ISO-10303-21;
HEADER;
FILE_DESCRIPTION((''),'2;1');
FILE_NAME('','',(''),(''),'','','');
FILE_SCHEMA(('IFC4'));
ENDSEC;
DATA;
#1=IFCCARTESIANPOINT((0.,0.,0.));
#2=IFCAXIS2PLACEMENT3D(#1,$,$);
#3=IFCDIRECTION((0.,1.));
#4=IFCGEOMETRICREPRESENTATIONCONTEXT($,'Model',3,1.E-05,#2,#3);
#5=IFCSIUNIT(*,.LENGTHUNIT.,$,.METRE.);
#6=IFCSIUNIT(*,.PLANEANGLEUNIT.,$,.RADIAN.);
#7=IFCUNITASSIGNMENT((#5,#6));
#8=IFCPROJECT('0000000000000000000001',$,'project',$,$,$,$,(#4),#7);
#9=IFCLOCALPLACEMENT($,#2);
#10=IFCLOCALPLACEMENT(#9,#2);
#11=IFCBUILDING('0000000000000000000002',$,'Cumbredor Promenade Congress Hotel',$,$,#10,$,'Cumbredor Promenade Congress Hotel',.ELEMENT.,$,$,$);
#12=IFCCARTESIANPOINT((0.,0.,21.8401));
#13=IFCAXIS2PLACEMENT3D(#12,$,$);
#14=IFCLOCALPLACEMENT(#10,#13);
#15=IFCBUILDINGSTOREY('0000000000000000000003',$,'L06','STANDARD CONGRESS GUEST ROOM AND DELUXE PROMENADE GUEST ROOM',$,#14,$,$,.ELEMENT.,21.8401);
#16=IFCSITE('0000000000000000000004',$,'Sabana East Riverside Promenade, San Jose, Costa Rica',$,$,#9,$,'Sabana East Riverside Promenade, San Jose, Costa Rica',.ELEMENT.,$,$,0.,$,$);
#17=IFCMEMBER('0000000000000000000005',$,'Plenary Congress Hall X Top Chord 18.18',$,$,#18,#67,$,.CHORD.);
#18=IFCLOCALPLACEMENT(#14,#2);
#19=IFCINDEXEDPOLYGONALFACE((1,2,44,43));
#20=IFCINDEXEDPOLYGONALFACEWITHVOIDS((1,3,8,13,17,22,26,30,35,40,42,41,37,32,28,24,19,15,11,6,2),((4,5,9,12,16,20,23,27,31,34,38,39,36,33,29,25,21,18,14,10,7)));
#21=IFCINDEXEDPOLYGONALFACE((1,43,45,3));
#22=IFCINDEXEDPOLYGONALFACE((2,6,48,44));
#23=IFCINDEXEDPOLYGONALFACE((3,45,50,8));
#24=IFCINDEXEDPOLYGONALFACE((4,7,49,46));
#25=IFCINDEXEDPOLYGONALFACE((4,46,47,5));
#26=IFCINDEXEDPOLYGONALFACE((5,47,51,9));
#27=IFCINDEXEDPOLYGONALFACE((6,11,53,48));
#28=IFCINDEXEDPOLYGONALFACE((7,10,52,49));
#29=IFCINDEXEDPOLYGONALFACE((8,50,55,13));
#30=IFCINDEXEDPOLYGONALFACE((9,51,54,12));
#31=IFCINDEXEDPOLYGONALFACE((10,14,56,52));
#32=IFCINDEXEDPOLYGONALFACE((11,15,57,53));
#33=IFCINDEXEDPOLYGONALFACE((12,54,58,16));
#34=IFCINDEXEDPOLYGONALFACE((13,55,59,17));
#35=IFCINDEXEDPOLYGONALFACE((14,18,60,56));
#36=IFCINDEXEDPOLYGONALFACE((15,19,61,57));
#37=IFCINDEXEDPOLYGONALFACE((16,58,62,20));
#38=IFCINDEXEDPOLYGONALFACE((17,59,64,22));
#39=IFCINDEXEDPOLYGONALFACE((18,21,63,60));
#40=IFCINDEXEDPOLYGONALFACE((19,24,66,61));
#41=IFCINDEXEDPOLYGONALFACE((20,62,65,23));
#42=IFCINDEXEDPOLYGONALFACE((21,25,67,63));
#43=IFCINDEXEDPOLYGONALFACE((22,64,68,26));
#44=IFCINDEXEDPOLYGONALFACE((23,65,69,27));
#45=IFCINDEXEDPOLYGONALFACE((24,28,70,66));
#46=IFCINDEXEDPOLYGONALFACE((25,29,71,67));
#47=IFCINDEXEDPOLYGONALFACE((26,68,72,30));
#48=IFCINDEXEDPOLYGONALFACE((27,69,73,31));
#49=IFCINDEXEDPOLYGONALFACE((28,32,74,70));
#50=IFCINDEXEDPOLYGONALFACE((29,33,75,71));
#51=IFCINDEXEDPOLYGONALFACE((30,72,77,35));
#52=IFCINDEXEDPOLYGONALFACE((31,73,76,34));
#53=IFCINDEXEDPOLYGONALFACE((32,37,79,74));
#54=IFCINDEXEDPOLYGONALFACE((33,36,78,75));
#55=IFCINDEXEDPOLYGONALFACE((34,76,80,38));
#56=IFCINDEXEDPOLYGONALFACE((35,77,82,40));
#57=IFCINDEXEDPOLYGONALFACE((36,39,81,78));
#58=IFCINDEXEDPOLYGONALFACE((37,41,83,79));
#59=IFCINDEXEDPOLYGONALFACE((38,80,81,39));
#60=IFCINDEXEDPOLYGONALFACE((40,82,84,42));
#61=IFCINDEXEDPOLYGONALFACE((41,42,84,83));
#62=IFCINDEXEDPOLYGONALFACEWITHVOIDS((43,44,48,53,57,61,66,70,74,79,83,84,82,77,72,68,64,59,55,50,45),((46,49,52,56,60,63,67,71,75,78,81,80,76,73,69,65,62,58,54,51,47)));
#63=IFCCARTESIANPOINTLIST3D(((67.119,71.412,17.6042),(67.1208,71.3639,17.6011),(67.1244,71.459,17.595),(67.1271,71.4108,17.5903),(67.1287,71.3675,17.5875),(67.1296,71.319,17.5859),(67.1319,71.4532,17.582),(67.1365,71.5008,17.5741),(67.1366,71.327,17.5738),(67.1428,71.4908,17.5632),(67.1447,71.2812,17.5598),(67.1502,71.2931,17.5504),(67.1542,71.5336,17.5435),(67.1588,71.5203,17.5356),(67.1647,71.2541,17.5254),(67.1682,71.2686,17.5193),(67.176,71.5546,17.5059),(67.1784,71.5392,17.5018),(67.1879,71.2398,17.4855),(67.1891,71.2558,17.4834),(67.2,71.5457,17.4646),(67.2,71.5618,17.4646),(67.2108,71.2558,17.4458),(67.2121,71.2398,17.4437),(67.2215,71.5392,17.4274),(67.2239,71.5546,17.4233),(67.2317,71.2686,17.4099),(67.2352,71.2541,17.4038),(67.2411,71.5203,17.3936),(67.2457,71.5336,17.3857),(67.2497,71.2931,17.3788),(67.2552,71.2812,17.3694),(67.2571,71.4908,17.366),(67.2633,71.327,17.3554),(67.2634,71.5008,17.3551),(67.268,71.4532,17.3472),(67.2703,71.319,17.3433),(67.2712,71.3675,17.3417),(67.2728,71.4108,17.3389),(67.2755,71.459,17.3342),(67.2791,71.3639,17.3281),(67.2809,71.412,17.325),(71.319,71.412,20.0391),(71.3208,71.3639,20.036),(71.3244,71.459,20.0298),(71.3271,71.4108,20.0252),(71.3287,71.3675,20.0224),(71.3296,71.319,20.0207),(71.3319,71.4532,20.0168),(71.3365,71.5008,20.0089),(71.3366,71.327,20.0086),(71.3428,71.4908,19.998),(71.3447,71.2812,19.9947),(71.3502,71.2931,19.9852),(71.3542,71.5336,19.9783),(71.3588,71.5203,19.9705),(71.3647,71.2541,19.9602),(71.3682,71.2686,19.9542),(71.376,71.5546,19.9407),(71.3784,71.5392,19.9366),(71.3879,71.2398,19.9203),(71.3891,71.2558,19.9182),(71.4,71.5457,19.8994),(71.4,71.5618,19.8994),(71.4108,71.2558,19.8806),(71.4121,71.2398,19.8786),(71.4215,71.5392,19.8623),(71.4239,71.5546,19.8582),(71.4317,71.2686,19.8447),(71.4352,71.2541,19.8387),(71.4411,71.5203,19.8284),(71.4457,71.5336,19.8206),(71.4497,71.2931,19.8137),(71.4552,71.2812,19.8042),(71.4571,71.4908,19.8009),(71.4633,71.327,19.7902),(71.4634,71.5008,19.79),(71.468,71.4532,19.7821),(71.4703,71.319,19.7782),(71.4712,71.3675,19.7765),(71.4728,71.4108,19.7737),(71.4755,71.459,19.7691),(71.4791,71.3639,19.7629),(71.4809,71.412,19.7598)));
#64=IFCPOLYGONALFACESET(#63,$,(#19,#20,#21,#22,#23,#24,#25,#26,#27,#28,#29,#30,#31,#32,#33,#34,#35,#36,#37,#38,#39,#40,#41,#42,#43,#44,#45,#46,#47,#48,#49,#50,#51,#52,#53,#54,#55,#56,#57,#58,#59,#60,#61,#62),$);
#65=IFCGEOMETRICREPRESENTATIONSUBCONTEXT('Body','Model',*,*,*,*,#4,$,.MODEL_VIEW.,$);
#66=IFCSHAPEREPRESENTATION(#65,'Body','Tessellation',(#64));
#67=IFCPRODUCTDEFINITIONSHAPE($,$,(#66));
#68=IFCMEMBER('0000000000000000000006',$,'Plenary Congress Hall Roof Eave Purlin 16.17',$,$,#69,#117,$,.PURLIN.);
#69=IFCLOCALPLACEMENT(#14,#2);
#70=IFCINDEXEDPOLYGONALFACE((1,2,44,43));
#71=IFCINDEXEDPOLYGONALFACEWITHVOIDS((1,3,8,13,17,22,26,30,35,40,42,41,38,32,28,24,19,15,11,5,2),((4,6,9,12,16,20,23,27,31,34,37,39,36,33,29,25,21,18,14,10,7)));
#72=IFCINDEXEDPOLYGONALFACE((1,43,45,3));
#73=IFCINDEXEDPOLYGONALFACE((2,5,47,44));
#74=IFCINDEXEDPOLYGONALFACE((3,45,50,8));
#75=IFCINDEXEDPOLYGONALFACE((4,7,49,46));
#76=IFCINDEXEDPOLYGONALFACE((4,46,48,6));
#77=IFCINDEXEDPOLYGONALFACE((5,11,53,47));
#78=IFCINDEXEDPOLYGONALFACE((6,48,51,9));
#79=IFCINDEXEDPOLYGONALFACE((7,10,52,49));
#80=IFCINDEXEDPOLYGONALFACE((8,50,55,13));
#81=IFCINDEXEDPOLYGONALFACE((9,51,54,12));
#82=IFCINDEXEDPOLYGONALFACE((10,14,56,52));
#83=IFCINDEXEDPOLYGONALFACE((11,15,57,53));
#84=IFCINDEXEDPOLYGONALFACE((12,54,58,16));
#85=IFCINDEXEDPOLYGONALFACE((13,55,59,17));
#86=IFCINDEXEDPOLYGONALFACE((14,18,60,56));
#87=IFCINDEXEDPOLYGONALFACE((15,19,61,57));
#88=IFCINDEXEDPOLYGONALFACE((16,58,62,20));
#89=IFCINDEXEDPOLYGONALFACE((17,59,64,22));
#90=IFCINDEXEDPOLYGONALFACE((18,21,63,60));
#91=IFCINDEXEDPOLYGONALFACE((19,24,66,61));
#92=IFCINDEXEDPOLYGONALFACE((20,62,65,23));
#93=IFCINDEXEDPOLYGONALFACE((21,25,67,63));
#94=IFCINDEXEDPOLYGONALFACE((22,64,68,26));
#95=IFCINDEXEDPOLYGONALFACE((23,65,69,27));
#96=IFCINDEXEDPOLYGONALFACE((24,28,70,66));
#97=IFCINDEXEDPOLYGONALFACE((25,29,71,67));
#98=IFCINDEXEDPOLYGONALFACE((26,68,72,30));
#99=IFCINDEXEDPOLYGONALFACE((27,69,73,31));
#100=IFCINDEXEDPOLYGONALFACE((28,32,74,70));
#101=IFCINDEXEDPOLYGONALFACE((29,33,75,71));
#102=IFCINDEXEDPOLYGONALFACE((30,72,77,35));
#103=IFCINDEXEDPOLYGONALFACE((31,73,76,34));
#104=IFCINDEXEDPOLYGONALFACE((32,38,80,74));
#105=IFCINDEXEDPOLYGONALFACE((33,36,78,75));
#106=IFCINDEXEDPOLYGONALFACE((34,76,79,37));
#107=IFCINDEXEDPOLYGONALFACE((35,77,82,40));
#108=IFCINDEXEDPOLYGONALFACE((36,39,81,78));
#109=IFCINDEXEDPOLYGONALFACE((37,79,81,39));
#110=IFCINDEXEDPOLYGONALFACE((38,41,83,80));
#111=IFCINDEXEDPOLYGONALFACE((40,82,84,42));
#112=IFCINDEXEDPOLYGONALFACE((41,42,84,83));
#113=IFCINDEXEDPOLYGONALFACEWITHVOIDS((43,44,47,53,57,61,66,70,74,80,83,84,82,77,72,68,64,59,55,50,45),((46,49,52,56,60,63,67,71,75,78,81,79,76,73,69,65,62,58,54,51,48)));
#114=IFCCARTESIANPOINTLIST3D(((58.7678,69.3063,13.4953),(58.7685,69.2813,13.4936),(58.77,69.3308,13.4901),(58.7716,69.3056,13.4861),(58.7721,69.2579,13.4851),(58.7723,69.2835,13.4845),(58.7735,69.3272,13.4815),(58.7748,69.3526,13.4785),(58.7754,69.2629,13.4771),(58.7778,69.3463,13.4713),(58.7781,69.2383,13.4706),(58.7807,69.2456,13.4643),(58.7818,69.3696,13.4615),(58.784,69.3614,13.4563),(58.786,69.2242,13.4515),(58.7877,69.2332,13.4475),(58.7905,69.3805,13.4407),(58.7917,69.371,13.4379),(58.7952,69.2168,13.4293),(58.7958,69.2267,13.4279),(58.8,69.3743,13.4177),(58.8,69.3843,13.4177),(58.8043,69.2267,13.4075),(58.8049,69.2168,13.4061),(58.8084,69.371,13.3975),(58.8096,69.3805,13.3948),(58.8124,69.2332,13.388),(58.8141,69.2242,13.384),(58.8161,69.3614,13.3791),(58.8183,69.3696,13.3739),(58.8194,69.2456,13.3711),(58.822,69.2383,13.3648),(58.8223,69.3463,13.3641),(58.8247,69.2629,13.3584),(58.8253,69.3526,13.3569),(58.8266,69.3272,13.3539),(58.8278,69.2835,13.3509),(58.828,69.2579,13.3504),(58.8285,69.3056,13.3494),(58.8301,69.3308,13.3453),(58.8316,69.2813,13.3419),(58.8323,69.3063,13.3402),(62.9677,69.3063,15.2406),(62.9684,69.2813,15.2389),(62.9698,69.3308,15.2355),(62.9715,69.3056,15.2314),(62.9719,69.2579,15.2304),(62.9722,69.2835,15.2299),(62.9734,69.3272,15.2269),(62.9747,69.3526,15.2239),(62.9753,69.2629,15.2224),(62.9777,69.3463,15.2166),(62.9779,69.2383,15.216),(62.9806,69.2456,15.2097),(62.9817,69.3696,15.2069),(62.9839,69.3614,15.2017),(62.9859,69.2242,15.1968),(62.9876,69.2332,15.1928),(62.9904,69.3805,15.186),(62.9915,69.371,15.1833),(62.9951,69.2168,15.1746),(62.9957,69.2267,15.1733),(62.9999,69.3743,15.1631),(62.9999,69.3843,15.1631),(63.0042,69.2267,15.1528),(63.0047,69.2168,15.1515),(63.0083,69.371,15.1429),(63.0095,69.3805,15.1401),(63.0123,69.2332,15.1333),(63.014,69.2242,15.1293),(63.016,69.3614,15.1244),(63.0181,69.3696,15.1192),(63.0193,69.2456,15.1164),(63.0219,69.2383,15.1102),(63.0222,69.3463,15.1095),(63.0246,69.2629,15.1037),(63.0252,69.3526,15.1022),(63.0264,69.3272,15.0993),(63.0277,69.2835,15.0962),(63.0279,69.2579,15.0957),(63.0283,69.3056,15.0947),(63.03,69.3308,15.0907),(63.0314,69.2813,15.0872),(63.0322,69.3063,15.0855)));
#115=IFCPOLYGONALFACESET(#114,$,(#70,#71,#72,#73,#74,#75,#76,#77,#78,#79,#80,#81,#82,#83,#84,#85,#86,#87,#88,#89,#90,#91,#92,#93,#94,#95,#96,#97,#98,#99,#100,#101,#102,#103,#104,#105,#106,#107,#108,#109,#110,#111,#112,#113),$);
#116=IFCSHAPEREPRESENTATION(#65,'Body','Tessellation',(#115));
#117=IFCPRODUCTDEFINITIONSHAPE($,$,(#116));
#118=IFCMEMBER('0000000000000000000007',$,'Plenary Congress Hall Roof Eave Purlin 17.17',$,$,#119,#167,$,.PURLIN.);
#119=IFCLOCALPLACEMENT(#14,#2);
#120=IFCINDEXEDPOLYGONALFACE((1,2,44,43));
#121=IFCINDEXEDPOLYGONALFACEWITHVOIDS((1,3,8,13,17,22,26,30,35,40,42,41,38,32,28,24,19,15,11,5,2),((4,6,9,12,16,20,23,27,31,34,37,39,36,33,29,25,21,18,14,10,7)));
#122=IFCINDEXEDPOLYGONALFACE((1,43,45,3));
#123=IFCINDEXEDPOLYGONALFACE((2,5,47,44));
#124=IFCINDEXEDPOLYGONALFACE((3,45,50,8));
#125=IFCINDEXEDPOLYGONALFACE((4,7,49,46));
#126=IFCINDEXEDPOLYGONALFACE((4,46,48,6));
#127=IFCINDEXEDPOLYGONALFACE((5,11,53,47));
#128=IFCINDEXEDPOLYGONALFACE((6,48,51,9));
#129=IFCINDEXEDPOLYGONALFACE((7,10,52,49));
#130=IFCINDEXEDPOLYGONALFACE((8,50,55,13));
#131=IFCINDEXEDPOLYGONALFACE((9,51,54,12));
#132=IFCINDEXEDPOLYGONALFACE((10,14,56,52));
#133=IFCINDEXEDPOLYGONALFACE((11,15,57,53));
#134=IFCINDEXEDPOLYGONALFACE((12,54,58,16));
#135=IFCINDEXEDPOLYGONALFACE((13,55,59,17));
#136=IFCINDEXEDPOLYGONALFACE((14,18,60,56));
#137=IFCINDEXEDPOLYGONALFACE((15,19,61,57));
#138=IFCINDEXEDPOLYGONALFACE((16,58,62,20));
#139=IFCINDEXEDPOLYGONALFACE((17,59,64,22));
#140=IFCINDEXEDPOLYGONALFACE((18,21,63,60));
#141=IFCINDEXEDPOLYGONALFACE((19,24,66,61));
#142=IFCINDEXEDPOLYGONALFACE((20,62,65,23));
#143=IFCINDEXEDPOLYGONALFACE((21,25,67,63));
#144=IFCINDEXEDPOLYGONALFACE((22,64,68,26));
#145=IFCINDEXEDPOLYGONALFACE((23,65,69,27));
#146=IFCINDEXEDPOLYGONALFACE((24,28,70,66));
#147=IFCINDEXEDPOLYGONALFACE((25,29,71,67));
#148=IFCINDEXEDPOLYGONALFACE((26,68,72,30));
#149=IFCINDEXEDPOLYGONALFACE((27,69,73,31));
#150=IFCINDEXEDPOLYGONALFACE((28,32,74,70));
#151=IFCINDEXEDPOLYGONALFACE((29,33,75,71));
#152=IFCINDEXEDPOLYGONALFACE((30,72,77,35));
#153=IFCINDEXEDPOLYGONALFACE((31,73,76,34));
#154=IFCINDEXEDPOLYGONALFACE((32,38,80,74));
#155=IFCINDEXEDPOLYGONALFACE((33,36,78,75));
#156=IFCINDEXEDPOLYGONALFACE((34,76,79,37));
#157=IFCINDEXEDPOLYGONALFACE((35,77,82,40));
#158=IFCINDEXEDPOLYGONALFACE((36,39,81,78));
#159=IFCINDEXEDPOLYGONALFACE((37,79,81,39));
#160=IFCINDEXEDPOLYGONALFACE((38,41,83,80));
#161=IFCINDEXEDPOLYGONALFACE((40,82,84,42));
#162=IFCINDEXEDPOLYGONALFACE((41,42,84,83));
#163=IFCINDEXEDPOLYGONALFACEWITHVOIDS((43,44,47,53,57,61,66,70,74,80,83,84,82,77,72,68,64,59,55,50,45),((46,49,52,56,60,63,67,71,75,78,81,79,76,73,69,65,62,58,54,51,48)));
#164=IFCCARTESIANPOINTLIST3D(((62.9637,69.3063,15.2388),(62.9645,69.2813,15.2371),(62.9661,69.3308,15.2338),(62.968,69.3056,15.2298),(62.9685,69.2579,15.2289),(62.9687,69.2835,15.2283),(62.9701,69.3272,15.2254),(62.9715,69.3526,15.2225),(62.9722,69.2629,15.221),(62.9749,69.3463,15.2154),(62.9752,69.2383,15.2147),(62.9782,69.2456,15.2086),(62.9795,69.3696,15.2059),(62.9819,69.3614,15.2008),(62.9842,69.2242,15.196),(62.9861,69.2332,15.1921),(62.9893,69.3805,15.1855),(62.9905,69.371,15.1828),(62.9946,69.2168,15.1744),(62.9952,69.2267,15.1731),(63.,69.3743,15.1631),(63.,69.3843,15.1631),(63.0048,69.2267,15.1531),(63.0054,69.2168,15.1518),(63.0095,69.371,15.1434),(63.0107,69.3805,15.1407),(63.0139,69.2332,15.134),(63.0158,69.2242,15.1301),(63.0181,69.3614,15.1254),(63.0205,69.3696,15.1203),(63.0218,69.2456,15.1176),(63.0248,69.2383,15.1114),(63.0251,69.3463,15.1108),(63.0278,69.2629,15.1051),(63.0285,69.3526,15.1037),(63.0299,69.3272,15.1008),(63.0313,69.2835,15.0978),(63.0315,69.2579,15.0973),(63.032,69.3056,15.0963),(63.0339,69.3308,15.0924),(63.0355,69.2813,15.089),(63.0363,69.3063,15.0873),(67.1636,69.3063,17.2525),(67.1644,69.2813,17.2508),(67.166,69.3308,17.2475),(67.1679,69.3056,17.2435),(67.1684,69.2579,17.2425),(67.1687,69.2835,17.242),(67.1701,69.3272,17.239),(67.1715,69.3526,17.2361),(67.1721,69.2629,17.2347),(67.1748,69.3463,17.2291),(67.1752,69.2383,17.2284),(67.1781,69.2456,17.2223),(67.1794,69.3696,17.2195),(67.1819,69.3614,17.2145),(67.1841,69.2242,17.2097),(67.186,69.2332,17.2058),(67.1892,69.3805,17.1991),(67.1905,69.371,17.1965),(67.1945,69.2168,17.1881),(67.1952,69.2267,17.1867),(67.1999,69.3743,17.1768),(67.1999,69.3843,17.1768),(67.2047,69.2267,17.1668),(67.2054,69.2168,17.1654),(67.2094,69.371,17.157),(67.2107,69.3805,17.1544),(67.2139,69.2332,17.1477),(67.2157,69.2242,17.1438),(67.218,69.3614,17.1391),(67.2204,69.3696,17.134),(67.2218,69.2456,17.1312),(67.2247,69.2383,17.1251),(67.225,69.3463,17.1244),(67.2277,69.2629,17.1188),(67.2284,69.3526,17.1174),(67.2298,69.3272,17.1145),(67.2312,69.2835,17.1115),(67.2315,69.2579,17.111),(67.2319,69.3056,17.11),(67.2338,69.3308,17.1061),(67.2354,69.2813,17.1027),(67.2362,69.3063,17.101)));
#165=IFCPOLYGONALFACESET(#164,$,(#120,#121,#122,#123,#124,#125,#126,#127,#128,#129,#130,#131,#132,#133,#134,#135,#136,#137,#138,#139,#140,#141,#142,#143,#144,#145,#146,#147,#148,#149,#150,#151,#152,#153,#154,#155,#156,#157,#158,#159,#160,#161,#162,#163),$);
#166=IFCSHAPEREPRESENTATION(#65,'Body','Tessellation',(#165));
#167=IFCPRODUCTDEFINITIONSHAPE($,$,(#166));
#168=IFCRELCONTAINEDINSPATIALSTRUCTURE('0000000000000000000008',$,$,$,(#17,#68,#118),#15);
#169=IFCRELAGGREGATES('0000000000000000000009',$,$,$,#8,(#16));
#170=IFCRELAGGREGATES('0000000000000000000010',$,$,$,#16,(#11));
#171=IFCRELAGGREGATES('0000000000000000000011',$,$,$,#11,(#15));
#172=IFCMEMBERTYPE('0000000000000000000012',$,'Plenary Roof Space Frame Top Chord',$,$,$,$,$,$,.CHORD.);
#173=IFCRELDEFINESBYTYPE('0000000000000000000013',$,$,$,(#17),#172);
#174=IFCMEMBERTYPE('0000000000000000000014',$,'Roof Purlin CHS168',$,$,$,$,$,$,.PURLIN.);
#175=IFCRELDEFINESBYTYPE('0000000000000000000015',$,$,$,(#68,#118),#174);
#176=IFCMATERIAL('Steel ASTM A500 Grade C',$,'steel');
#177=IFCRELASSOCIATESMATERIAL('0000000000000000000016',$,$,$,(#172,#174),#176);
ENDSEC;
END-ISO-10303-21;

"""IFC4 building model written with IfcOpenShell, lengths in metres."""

from ifc_helpers import new_model, si_unit, direction, frame, origin, origin_2d, place, context, subcontext, project, spatial, hollow_circle, extrude, material, material_profile, profile_set, type_object, element, save


model = new_model("IFC4")

# Units and contexts
model_context = context("Model", 3, precision=1e-05, world=origin(), true_north=direction((0.0, 1.0)))
body_context = subcontext(model_context, "Body", "Model", "MODEL_VIEW")
ifc_project = project(units=[si_unit("LENGTHUNIT", "METRE"), si_unit("PLANEANGLEUNIT", "RADIAN")], contexts=[model_context])

# Site, building, storey
site_placement = place(None, origin())
site = spatial("IfcSite", under=ifc_project, at=site_placement, Name="Sabana East Riverside Promenade, San Jose, Costa Rica", LongName="Sabana East Riverside Promenade, San Jose, Costa Rica", CompositionType="ELEMENT", RefElevation=0.0)
building_placement = place(site_placement, origin())
building = spatial("IfcBuilding", under=site, at=building_placement, Name="Cumbredor Promenade Congress Hotel", LongName="Cumbredor Promenade Congress Hotel", CompositionType="ELEMENT")
storey_placement = place(building_placement, frame((0.0, 0.0, 21.8401)))
storey = spatial("IfcBuildingStorey", under=building, at=storey_placement, Name="L06", Description="STANDARD CONGRESS GUEST ROOM AND DELUXE PROMENADE GUEST ROOM", CompositionType="ELEMENT", Elevation=21.8401)

# Members
ifc_material_1 = material(Name="Steel ASTM A500 Grade C", Category="steel")
ifc_material_profile_1 = material_profile(ifc_material_1, hollow_circle(Radius=0.1619, WallThickness=0.0161, at=origin_2d()), Name="CHS 323.9x16")
ifc_profile_set_1 = profile_set([ifc_material_profile_1], Name="Steel ASTM A500 Grade C")
member_type_1 = type_object("IfcMemberType", Name="Plenary Roof Space Frame Top Chord", PredefinedType="CHORD", material=ifc_profile_set_1)
member_1_placement = place(storey_placement, frame((67.2, 71.3999, 17.4646), z_axis=(0.865135, 0.0, 0.50154), x_axis=(0.0, 1.0, 0.0)))
element("IfcMember", 1, at=member_1_placement, inside=storey, type_object=member_type_1, Name="Plenary Congress Hall X Top Chord 18.18", PredefinedType="CHORD", context=body_context, shape_type="SweptSolid", body=[
    extrude(hollow_circle(Radius=0.1619, WallThickness=0.0161, at=origin_2d()), origin(), (0.0, 0.0, 1.0), 4.8547),
])
ifc_material_profile_2 = material_profile(ifc_material_1, hollow_circle(Radius=0.0842, WallThickness=0.01, at=origin_2d()), Name="CHS 168.3x10")
ifc_profile_set_2 = profile_set([ifc_material_profile_2], Name="Steel ASTM A500 Grade C")
member_type_2 = type_object("IfcMemberType", Name="Roof Purlin CHS168", PredefinedType="PURLIN", material=ifc_profile_set_2)
member_2_placement = place(storey_placement, frame((58.8, 69.3, 13.4177), z_axis=(0.923437, 0.0, 0.38375), x_axis=(0.0, 1.0, 0.0)))
element("IfcMember", 2, at=member_2_placement, inside=storey, type_object=member_type_2, Name="Plenary Congress Hall Roof Eave Purlin 16.17", PredefinedType="PURLIN", context=body_context, shape_type="SweptSolid", body=[
    extrude(hollow_circle(Radius=0.0842, WallThickness=0.01, at=origin_2d()), origin(), (0.0, 0.0, 1.0), 4.5481),
])
member_3_placement = place(storey_placement, frame((63.0, 69.3, 15.1631), z_axis=(0.901716, 0.0, 0.432329), x_axis=(0.0, 1.0, 0.0)))
element("IfcMember", 3, at=member_3_placement, inside=storey, type_object=member_type_2, Name="Plenary Congress Hall Roof Eave Purlin 17.17", PredefinedType="PURLIN", context=body_context, shape_type="SweptSolid", body=[
    extrude(hollow_circle(Radius=0.0842, WallThickness=0.01, at=origin_2d()), origin(), (0.0, 0.0, 1.0), 4.6577),
])

save(model, "model.ifc")
